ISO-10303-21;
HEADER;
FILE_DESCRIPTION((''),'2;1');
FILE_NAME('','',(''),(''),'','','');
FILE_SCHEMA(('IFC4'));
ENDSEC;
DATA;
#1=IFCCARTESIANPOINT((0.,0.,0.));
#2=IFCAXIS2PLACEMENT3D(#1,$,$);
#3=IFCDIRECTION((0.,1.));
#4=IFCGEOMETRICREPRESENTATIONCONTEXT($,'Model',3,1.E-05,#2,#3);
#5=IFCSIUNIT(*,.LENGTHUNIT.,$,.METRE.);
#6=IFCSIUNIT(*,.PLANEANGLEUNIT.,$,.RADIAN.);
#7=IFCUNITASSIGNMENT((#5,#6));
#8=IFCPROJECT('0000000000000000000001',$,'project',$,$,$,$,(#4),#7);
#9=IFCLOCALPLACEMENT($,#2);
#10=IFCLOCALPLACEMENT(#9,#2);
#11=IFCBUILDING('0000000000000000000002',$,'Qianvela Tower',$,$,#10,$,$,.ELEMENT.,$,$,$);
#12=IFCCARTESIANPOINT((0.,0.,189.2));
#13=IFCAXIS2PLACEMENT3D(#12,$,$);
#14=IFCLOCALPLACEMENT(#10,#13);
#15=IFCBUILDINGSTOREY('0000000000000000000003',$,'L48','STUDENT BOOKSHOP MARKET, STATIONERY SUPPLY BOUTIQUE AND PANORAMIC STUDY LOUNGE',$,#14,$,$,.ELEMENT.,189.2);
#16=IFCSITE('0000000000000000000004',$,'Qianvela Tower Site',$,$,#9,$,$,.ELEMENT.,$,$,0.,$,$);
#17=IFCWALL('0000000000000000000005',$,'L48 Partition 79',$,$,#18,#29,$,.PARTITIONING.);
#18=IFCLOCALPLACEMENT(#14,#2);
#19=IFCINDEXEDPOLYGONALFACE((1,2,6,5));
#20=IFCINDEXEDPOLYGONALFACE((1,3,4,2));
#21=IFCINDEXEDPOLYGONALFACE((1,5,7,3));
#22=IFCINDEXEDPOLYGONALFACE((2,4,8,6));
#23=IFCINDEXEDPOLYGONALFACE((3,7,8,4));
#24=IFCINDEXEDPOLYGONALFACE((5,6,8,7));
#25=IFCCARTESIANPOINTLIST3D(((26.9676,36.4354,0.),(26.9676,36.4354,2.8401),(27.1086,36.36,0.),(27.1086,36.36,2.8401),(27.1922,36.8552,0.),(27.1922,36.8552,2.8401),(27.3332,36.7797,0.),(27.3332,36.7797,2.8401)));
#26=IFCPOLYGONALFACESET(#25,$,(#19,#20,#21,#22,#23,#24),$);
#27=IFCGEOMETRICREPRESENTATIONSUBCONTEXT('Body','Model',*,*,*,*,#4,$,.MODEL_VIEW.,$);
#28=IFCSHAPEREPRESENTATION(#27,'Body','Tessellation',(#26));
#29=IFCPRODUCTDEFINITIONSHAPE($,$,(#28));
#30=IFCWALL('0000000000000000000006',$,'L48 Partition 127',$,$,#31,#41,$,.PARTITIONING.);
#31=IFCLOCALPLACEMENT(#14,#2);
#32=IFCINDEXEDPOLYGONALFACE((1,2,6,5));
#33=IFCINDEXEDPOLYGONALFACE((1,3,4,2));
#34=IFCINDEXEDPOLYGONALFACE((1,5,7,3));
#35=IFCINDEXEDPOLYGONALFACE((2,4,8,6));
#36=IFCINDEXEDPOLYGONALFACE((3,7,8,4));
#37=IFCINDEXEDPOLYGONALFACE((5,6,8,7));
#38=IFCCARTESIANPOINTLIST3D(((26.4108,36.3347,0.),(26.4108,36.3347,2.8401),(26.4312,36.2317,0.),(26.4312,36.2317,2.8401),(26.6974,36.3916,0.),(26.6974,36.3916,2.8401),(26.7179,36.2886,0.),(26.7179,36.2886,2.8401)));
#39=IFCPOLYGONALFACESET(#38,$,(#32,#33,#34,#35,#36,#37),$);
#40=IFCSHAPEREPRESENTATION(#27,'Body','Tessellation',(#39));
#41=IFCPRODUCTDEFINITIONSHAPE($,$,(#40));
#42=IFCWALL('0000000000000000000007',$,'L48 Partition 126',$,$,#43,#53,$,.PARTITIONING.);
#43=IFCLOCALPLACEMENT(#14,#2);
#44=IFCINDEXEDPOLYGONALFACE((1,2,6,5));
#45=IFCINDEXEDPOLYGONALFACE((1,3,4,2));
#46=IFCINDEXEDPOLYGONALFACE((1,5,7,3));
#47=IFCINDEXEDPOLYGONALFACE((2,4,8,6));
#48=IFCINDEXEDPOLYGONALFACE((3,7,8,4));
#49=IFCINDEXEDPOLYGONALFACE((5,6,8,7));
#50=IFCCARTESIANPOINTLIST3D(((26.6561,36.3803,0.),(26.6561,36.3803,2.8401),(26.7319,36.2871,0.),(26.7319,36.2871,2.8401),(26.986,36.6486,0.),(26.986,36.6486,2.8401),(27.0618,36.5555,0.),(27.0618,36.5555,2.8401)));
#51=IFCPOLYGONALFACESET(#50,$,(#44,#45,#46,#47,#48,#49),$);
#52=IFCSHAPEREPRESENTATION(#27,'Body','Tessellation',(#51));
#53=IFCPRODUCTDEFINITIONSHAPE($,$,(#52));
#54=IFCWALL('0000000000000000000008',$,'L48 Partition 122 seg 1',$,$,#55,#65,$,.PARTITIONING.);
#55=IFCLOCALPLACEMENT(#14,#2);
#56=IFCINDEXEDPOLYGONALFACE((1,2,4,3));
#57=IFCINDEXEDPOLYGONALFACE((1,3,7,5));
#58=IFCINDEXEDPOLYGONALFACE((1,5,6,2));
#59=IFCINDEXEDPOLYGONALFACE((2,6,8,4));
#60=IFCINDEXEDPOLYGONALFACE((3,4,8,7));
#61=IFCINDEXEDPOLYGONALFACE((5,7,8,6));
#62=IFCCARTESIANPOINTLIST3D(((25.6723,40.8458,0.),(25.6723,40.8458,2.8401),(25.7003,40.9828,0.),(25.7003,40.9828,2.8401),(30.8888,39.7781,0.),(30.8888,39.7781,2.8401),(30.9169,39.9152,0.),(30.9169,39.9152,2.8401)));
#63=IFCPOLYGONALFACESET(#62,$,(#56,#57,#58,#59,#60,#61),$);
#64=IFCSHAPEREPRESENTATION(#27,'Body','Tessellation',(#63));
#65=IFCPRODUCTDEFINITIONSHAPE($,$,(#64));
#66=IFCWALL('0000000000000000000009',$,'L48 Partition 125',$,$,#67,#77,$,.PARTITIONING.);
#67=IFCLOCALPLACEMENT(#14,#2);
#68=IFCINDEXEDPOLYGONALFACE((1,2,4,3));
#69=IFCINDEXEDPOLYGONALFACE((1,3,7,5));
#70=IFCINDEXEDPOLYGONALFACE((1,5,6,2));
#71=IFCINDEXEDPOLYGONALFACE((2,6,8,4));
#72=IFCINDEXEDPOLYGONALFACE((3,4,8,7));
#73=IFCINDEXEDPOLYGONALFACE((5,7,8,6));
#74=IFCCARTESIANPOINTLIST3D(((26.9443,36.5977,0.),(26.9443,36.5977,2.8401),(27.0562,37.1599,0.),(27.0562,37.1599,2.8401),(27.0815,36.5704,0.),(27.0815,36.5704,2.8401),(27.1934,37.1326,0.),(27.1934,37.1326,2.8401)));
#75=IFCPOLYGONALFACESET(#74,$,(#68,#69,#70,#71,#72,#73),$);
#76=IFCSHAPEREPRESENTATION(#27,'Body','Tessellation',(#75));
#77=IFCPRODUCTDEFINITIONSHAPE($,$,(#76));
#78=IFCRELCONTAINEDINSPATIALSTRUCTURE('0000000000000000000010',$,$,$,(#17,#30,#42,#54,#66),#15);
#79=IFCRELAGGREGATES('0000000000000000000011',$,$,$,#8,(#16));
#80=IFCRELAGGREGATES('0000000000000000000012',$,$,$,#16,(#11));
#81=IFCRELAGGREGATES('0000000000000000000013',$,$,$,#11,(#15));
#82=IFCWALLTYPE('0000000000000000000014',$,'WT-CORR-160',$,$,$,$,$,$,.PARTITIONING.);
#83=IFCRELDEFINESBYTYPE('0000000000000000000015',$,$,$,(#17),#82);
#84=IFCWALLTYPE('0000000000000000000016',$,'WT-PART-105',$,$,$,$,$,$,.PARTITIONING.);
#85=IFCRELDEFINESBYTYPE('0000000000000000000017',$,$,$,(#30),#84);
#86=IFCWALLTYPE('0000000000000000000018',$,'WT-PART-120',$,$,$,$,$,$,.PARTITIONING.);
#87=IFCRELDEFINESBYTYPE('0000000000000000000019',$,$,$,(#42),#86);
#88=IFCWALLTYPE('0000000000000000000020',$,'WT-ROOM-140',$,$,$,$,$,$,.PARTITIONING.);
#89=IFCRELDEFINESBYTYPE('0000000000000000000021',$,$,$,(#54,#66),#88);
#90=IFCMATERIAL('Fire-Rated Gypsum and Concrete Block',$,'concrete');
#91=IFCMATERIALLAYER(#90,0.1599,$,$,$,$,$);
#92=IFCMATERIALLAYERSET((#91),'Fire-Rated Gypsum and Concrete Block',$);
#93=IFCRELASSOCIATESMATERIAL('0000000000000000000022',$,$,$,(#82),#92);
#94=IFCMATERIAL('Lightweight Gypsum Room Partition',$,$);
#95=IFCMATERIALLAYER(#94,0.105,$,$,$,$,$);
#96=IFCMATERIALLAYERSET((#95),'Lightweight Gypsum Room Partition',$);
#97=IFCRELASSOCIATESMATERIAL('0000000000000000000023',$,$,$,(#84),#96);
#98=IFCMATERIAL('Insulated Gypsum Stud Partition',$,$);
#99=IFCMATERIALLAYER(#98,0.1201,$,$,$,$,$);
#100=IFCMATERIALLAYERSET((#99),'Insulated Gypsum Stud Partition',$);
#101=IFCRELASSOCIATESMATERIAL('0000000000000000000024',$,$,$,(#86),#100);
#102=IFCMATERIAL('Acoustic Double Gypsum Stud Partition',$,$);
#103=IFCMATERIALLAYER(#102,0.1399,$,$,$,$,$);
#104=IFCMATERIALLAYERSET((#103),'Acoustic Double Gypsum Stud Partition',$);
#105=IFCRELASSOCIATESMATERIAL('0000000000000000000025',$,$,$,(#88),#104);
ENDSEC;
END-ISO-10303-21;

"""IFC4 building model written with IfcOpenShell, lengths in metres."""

from ifc_helpers import new_model, si_unit, direction, frame, frame_2d, origin, place, context, subcontext, project, spatial, rectangle, extrude, material, layer, layer_set, type_object, element, save


model = new_model("IFC4")

# Units and contexts
model_context = context("Model", 3, precision=1e-05, world=origin(), true_north=direction((0.0, 1.0)))
body_context = subcontext(model_context, "Body", "Model", "MODEL_VIEW")
ifc_project = project(units=[si_unit("LENGTHUNIT", "METRE"), si_unit("PLANEANGLEUNIT", "RADIAN")], contexts=[model_context])

# Site, building, storey
site_placement = place(None, origin())
site = spatial("IfcSite", under=ifc_project, at=site_placement, Name="Qianvela Tower Site", CompositionType="ELEMENT", RefElevation=0.0)
building_placement = place(site_placement, origin())
building = spatial("IfcBuilding", under=site, at=building_placement, Name="Qianvela Tower", CompositionType="ELEMENT")
storey_placement = place(building_placement, frame((0.0, 0.0, 189.2)))
storey = spatial("IfcBuildingStorey", under=building, at=storey_placement, Name="L48", Description="STUDENT BOOKSHOP MARKET, STATIONERY SUPPLY BOUTIQUE AND PANORAMIC STUDY LOUNGE", CompositionType="ELEMENT", Elevation=189.2)

# Shared definitions
ifc_material_1 = material(Name="Fire-Rated Gypsum and Concrete Block", Category="concrete")
ifc_layer_1 = layer(ifc_material_1, 0.1599)
ifc_layer_set_1 = layer_set([ifc_layer_1], Name="Fire-Rated Gypsum and Concrete Block")
wall_type_1 = type_object("IfcWallType", Name="WT-CORR-160", PredefinedType="PARTITIONING", material=ifc_layer_set_1)

# Walls
wall_1_placement = place(storey_placement, frame((27.0381, 36.3977, 0.0), z_axis=(0.0, 0.0, 1.0), x_axis=(0.471866, 0.881671, 0.0)))
element("IfcWall", 1, at=wall_1_placement, inside=storey, type_object=wall_type_1, Name="L48 Partition 79", PredefinedType="PARTITIONING", context=body_context, shape_type="SweptSolid", body=[
    extrude(rectangle(XDim=0.4761, YDim=0.1599, at=frame_2d((0.238, 0.0))), origin(), (0.0, 0.0, 1.0), 2.8401),
])
ifc_material_2 = material(Name="Lightweight Gypsum Room Partition")
ifc_layer_2 = layer(ifc_material_2, 0.105)
ifc_layer_set_2 = layer_set([ifc_layer_2], Name="Lightweight Gypsum Room Partition")
wall_type_2 = type_object("IfcWallType", Name="WT-PART-105", PredefinedType="PARTITIONING", material=ifc_layer_set_2)
wall_2_placement = place(storey_placement, frame((26.7075, 36.3401, 0.0), z_axis=(0.0, 0.0, 1.0), x_axis=(-0.980869, -0.19467, 0.0)))
element("IfcWall", 2, at=wall_2_placement, inside=storey, type_object=wall_type_2, Name="L48 Partition 127", PredefinedType="PARTITIONING", context=body_context, shape_type="SweptSolid", body=[
    extrude(rectangle(XDim=0.2922, YDim=0.105, at=frame_2d((0.146, 0.0))), origin(), (0.0, 0.0, 1.0), 2.8401),
])
ifc_material_3 = material(Name="Insulated Gypsum Stud Partition")
ifc_layer_3 = layer(ifc_material_3, 0.1201)
ifc_layer_set_3 = layer_set([ifc_layer_3], Name="Insulated Gypsum Stud Partition")
wall_type_3 = type_object("IfcWallType", Name="WT-PART-120", PredefinedType="PARTITIONING", material=ifc_layer_set_3)
wall_3_placement = place(storey_placement, frame((27.0239, 36.6021, 0.0), z_axis=(0.0, 0.0, 1.0), x_axis=(-0.775745, -0.631046, 0.0)))
element("IfcWall", 3, at=wall_3_placement, inside=storey, type_object=wall_type_3, Name="L48 Partition 126", PredefinedType="PARTITIONING", context=body_context, shape_type="SweptSolid", body=[
    extrude(rectangle(XDim=0.4253, YDim=0.1201, at=frame_2d((0.2126, 0.0))), origin(), (0.0, 0.0, 1.0), 2.8401),
])
ifc_material_4 = material(Name="Acoustic Double Gypsum Stud Partition")
ifc_layer_4 = layer(ifc_material_4, 0.1399)
ifc_layer_set_4 = layer_set([ifc_layer_4], Name="Acoustic Double Gypsum Stud Partition")
wall_type_4 = type_object("IfcWallType", Name="WT-ROOM-140", PredefinedType="PARTITIONING", material=ifc_layer_set_4)
wall_4_placement = place(storey_placement, frame((25.6863, 40.9143, 0.0), z_axis=(0.0, 0.0, 1.0), x_axis=(0.979693, -0.200505, 0.0)))
element("IfcWall", 4, at=wall_4_placement, inside=storey, type_object=wall_type_4, Name="L48 Partition 122 seg 1", PredefinedType="PARTITIONING", context=body_context, shape_type="SweptSolid", body=[
    extrude(rectangle(XDim=5.3247, YDim=0.1399, at=frame_2d((2.6624, 0.0))), origin(), (0.0, 0.0, 1.0), 2.8401),
])
wall_5_placement = place(storey_placement, frame((27.1248, 37.1462, 0.0), z_axis=(0.0, 0.0, 1.0), x_axis=(-0.195051, -0.980793, 0.0)))
element("IfcWall", 5, at=wall_5_placement, inside=storey, type_object=wall_type_4, Name="L48 Partition 125", PredefinedType="PARTITIONING", context=body_context, shape_type="SweptSolid", body=[
    extrude(rectangle(XDim=0.5732, YDim=0.1399, at=frame_2d((0.2866, 0.0))), origin(), (0.0, 0.0, 1.0), 2.8401),
])

save(model, "model.ifc")
